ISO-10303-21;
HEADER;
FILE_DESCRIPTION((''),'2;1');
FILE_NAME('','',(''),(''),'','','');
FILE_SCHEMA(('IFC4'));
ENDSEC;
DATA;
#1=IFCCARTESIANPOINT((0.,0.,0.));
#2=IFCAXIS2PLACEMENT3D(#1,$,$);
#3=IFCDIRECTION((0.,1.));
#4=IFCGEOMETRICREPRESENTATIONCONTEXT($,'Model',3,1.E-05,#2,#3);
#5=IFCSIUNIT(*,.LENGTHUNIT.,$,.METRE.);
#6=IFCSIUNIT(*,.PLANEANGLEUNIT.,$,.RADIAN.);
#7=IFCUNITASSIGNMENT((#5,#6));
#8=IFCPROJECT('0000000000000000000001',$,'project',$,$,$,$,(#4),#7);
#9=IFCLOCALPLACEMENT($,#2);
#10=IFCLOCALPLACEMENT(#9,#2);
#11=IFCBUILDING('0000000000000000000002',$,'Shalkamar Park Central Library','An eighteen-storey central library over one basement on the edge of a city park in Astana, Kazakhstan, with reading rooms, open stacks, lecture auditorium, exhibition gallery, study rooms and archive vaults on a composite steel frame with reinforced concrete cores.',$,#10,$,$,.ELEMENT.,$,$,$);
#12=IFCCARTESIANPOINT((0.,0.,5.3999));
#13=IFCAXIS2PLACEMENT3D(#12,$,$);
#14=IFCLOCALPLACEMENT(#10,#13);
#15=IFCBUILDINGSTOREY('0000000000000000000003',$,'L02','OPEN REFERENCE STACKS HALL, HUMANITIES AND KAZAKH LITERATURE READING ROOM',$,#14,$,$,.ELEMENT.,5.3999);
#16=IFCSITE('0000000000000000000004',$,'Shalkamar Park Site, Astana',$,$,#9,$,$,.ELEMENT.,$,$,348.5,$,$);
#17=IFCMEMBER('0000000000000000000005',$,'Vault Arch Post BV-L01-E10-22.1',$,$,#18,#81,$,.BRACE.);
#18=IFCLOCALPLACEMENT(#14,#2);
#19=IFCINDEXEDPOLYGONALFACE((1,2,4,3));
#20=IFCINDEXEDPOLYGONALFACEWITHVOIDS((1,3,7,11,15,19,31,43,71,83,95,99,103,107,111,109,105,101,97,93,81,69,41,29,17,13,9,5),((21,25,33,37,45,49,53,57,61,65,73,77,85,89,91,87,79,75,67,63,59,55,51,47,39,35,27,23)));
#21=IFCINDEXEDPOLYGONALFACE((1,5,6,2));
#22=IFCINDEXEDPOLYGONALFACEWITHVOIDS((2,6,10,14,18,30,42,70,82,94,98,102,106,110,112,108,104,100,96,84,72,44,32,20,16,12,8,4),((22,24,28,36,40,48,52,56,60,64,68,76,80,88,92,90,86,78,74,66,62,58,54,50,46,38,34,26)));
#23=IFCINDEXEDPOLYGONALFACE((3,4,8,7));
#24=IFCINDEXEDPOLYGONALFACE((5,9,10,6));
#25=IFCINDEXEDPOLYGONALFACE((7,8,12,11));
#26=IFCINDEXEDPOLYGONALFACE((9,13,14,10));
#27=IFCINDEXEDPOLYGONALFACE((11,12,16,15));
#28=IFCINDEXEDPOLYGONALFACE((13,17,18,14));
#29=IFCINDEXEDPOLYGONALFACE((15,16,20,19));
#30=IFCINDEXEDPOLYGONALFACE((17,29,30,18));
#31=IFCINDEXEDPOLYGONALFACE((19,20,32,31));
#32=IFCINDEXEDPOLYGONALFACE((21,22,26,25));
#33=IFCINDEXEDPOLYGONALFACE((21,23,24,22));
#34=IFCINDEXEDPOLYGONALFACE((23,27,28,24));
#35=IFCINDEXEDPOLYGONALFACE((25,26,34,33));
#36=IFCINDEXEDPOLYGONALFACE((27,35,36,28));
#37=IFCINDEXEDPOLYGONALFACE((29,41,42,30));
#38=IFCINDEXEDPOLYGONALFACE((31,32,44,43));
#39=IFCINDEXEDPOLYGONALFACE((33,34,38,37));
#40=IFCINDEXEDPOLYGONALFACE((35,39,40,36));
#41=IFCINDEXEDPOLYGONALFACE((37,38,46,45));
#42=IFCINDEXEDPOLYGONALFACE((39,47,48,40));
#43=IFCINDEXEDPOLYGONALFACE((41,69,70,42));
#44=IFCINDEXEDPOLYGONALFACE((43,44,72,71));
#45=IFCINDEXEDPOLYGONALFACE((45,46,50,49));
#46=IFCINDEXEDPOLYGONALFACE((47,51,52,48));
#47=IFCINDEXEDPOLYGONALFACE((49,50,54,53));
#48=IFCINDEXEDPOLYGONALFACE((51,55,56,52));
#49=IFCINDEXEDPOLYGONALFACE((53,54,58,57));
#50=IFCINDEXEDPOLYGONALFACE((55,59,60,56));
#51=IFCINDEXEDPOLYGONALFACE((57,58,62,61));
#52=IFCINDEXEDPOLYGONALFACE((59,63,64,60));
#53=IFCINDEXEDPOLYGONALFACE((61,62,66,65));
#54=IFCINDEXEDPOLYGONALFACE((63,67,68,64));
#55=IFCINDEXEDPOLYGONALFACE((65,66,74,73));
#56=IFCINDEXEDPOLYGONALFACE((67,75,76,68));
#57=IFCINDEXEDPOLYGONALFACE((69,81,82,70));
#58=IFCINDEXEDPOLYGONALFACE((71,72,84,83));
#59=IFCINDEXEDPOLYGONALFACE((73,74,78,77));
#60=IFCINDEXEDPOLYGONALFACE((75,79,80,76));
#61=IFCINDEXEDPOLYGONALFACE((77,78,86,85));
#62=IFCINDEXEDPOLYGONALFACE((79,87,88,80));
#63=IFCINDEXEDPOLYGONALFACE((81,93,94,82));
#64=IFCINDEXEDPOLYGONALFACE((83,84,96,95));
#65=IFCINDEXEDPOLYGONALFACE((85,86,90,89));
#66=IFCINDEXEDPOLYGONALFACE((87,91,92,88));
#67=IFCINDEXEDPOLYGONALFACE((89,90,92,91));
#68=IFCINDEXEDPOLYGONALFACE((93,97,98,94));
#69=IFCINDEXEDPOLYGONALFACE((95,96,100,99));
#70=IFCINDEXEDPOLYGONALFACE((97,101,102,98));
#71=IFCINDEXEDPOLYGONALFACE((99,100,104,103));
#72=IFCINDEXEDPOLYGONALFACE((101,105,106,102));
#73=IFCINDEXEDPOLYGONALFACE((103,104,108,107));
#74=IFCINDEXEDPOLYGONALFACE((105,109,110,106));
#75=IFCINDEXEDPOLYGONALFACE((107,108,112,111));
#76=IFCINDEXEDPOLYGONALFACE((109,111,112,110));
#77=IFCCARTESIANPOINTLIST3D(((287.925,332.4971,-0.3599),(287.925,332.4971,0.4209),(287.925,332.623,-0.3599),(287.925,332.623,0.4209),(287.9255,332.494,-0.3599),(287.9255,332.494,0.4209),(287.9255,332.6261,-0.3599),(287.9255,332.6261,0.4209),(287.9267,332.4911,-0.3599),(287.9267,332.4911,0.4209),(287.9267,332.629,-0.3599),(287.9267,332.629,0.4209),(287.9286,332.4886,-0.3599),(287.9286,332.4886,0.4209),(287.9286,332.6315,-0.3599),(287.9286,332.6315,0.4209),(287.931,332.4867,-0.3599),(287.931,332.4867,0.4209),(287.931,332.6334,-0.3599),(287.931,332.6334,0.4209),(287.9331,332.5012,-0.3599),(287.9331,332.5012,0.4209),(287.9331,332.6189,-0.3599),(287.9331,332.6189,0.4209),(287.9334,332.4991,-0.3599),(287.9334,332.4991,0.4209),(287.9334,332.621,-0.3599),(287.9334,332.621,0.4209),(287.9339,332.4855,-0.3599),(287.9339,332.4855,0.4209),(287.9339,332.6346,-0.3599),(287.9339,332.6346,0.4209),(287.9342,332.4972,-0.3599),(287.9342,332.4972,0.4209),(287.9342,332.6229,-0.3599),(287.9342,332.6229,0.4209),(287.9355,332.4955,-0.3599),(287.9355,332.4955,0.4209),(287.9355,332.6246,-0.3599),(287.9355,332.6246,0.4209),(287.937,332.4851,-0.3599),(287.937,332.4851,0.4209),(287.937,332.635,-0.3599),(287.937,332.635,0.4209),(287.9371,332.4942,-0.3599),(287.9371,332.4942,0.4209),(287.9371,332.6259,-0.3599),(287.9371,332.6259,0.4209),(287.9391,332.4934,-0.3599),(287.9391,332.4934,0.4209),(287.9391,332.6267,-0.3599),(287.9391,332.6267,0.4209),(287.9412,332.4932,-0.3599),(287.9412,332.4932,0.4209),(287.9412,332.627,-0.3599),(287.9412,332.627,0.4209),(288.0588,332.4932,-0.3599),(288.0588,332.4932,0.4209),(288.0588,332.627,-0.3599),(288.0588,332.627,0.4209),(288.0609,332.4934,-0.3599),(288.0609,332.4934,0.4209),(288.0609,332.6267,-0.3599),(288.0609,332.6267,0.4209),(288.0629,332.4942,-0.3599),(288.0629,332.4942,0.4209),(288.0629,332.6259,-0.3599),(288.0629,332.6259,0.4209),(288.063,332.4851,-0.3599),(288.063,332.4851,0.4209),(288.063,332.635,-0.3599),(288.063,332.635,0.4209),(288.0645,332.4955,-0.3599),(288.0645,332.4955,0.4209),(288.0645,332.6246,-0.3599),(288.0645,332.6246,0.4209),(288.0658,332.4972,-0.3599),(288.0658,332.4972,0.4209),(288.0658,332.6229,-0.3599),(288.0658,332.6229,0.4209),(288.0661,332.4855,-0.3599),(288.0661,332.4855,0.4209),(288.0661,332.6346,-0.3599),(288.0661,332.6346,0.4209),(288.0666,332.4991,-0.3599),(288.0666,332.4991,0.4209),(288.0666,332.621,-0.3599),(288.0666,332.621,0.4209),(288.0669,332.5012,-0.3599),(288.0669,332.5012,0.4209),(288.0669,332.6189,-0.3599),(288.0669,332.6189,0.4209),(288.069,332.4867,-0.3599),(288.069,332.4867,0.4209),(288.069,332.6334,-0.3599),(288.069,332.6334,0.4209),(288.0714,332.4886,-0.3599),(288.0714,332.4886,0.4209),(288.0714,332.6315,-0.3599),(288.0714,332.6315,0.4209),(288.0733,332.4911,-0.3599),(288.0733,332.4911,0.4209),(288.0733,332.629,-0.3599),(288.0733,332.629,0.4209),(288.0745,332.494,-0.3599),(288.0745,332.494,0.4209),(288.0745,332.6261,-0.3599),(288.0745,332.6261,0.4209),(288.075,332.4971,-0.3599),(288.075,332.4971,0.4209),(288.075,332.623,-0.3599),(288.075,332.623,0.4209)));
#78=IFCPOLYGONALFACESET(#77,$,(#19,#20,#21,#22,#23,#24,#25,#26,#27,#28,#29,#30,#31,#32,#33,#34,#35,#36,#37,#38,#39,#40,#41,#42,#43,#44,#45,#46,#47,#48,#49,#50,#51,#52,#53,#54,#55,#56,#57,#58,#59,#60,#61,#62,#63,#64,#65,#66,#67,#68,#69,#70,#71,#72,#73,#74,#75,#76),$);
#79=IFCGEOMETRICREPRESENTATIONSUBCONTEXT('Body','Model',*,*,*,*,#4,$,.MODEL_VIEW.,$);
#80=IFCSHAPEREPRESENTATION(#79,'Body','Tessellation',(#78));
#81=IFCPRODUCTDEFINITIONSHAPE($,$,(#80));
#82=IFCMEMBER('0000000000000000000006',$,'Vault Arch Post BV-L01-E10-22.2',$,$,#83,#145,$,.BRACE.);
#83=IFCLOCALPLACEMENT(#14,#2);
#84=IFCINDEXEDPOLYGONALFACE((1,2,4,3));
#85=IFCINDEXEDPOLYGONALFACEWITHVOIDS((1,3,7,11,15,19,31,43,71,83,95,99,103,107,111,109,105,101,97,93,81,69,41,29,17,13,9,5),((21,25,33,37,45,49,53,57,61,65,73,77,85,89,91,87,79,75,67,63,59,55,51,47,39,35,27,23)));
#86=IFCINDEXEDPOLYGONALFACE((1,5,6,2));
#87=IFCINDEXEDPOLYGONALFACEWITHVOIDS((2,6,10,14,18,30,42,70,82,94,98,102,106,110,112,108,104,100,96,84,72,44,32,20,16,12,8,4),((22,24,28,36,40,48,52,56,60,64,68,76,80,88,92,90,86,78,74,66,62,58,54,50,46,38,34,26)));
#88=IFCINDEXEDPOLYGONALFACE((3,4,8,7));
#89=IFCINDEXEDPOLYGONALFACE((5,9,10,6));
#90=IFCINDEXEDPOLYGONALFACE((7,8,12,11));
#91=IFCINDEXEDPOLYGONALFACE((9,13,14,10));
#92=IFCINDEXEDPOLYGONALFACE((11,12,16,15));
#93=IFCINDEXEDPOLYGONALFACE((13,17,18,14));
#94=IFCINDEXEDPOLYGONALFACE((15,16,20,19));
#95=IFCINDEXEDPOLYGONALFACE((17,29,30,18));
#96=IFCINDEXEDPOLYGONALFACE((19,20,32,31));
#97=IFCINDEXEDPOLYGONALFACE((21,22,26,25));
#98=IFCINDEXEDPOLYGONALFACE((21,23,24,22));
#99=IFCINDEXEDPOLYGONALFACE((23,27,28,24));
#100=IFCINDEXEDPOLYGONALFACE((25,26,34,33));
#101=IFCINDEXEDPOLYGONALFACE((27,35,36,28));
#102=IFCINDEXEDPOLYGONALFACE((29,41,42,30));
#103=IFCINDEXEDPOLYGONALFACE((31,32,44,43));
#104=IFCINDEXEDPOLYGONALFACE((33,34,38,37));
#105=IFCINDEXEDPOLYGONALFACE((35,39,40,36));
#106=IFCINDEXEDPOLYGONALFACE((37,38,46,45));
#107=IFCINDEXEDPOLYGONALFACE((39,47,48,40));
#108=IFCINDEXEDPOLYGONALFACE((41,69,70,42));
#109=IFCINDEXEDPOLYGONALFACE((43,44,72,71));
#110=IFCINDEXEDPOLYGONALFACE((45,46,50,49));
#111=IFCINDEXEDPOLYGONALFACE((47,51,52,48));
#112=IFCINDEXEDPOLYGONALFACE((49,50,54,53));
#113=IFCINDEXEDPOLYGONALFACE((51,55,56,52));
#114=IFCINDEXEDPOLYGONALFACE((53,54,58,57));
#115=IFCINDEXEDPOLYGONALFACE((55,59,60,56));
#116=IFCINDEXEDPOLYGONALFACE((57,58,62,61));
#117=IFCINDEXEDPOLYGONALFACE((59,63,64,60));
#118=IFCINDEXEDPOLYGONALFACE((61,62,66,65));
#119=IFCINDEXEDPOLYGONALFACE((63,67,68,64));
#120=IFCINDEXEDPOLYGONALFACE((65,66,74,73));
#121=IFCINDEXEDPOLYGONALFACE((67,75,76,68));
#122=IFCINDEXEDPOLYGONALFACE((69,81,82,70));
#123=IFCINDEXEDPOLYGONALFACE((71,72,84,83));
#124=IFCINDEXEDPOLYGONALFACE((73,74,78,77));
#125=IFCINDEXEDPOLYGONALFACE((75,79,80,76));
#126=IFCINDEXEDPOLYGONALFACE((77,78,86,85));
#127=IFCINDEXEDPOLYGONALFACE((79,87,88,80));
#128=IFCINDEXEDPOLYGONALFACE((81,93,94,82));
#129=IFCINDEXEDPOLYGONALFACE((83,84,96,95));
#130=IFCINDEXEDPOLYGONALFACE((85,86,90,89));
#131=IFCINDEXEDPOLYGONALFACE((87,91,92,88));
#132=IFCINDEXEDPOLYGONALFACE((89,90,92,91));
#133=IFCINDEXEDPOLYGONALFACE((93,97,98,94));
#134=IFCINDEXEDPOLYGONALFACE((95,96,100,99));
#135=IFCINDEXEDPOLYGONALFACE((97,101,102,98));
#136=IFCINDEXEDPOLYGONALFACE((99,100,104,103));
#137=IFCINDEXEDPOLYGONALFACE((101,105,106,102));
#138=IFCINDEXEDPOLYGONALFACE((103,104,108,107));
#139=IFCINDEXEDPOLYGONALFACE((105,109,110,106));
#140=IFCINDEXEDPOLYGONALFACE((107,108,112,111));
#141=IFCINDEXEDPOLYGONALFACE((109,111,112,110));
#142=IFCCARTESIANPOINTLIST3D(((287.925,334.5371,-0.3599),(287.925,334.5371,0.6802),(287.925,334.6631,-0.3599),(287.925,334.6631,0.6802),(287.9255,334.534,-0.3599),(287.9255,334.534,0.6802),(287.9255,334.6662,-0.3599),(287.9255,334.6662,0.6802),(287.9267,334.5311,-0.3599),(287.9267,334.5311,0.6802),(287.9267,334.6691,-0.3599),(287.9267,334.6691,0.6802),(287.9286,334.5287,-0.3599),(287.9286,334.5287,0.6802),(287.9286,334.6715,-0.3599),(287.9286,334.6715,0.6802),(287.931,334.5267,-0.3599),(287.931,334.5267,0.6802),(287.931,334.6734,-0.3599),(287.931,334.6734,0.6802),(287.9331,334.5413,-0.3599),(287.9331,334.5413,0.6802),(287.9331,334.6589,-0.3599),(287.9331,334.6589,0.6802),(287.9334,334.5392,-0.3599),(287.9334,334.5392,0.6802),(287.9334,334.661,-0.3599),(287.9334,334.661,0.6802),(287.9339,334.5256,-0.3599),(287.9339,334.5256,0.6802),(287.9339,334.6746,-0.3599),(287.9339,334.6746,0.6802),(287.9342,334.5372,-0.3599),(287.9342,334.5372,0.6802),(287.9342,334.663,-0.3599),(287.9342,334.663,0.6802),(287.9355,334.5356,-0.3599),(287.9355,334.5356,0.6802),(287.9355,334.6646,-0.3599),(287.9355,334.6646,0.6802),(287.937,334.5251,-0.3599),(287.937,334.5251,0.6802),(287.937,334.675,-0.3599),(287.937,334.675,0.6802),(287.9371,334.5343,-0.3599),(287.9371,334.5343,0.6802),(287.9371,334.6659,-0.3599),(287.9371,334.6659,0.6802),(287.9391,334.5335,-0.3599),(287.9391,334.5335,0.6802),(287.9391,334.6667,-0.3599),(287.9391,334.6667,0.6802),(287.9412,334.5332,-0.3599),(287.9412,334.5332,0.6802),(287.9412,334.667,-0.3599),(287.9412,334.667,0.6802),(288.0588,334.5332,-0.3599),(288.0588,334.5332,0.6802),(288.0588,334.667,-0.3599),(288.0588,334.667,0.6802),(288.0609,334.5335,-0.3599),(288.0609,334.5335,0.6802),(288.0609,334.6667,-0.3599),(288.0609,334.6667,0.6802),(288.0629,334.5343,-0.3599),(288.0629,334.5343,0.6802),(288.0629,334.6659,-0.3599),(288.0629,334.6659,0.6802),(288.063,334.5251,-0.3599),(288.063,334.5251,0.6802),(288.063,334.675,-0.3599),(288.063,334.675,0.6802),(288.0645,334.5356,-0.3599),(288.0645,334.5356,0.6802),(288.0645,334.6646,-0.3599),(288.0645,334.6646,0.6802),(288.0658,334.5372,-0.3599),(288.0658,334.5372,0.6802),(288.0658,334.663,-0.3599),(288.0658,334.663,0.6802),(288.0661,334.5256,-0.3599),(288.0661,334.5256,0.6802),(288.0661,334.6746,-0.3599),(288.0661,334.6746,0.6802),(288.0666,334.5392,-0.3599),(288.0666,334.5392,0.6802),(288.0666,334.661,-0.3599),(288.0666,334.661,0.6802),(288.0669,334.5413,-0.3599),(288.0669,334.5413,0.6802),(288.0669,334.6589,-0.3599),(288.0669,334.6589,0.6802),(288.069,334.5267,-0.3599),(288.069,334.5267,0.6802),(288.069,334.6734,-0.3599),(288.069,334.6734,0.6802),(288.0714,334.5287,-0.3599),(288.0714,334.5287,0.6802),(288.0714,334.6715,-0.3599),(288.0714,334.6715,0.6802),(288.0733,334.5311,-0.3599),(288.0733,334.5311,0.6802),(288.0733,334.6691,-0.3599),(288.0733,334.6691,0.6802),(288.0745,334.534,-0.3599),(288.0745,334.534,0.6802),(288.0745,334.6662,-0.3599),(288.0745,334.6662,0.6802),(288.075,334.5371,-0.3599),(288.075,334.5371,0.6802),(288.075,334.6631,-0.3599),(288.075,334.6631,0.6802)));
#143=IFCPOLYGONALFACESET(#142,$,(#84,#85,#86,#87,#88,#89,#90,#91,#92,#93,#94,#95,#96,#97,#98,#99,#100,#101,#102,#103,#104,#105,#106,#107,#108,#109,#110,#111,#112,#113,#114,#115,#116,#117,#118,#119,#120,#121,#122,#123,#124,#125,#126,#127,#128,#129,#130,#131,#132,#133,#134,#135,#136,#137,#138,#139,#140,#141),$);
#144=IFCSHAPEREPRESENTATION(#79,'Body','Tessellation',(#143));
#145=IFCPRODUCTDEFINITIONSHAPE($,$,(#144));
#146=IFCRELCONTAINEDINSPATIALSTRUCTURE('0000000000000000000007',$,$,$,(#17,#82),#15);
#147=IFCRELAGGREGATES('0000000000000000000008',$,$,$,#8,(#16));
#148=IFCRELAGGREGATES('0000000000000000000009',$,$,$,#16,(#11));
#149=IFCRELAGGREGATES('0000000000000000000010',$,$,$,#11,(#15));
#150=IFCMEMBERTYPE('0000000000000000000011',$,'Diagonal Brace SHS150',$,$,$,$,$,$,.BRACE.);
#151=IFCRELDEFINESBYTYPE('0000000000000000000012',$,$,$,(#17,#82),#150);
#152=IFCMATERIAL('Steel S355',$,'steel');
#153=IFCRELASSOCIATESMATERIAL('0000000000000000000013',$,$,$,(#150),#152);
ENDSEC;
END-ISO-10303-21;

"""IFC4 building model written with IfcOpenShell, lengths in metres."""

from ifc_helpers import new_model, si_unit, direction, frame, origin, origin_2d, place, context, subcontext, project, spatial, hollow_rectangle, extrude, material, material_profile, profile_set, type_object, element, save


model = new_model("IFC4")

# Units and contexts
model_context = context("Model", 3, precision=1e-05, world=origin(), true_north=direction((0.0, 1.0)))
body_context = subcontext(model_context, "Body", "Model", "MODEL_VIEW")
ifc_project = project(units=[si_unit("LENGTHUNIT", "METRE"), si_unit("PLANEANGLEUNIT", "RADIAN")], contexts=[model_context])

# Site, building, storey
site_placement = place(None, origin())
site = spatial("IfcSite", under=ifc_project, at=site_placement, Name="Shalkamar Park Site, Astana", CompositionType="ELEMENT", RefElevation=348.5)
building_placement = place(site_placement, origin())
building = spatial("IfcBuilding", under=site, at=building_placement, Name="Shalkamar Park Central Library", Description="An eighteen-storey central library over one basement on the edge of a city park in Astana, Kazakhstan, with reading rooms, open stacks, lecture auditorium, exhibition gallery, study rooms and archive vaults on a composite steel frame with reinforced concrete cores.", CompositionType="ELEMENT")
storey_placement = place(building_placement, frame((0.0, 0.0, 5.3999)))
storey = spatial("IfcBuildingStorey", under=building, at=storey_placement, Name="L02", Description="OPEN REFERENCE STACKS HALL, HUMANITIES AND KAZAKH LITERATURE READING ROOM", CompositionType="ELEMENT", Elevation=5.3999)

# Shared definitions
ifc_material_1 = material(Name="Steel S355", Category="steel")

# Members
ifc_material_profile_1 = material_profile(ifc_material_1, hollow_rectangle(XDim=0.1499, YDim=0.1499, WallThickness=0.0081, InnerFilletRadius=0.0081, OuterFilletRadius=0.012, at=origin_2d()), Name="SHS 150x150x8")
ifc_profile_set_1 = profile_set([ifc_material_profile_1], Name="Steel S355")
member_type_1 = type_object("IfcMemberType", Name="Diagonal Brace SHS150", PredefinedType="BRACE", material=ifc_profile_set_1)
for number, where, z_axis, x_axis, name in (
    (1, (288.0, 332.5601, -0.3599), (0.0, 0.0, 1.0), (1.0, 0.0, 0.0), "Vault Arch Post BV-L01-E10-22.1"),
):
    element("IfcMember", number, at=place(storey_placement, frame(where, z_axis=z_axis, x_axis=x_axis)), inside=storey, type_object=member_type_1, Name=name, PredefinedType="BRACE", context=body_context, shape_type="SweptSolid", body=[
        extrude(hollow_rectangle(XDim=0.1499, YDim=0.1499, WallThickness=0.0081, InnerFilletRadius=0.0081, OuterFilletRadius=0.012, at=origin_2d()), origin(), (0.0, 0.0, 1.0), 0.7808),
    ])
member_1_placement = place(storey_placement, frame((288.0, 334.6001, -0.3599), z_axis=(0.0, 0.0, 1.0), x_axis=(1.0, 0.0, 0.0)))
element("IfcMember", 2, at=member_1_placement, inside=storey, type_object=member_type_1, Name="Vault Arch Post BV-L01-E10-22.2", PredefinedType="BRACE", context=body_context, shape_type="SweptSolid", body=[
    extrude(hollow_rectangle(XDim=0.1499, YDim=0.1499, WallThickness=0.0081, InnerFilletRadius=0.0081, OuterFilletRadius=0.012, at=origin_2d()), origin(), (0.0, 0.0, 1.0), 1.04),
])

save(model, "model.ifc")
